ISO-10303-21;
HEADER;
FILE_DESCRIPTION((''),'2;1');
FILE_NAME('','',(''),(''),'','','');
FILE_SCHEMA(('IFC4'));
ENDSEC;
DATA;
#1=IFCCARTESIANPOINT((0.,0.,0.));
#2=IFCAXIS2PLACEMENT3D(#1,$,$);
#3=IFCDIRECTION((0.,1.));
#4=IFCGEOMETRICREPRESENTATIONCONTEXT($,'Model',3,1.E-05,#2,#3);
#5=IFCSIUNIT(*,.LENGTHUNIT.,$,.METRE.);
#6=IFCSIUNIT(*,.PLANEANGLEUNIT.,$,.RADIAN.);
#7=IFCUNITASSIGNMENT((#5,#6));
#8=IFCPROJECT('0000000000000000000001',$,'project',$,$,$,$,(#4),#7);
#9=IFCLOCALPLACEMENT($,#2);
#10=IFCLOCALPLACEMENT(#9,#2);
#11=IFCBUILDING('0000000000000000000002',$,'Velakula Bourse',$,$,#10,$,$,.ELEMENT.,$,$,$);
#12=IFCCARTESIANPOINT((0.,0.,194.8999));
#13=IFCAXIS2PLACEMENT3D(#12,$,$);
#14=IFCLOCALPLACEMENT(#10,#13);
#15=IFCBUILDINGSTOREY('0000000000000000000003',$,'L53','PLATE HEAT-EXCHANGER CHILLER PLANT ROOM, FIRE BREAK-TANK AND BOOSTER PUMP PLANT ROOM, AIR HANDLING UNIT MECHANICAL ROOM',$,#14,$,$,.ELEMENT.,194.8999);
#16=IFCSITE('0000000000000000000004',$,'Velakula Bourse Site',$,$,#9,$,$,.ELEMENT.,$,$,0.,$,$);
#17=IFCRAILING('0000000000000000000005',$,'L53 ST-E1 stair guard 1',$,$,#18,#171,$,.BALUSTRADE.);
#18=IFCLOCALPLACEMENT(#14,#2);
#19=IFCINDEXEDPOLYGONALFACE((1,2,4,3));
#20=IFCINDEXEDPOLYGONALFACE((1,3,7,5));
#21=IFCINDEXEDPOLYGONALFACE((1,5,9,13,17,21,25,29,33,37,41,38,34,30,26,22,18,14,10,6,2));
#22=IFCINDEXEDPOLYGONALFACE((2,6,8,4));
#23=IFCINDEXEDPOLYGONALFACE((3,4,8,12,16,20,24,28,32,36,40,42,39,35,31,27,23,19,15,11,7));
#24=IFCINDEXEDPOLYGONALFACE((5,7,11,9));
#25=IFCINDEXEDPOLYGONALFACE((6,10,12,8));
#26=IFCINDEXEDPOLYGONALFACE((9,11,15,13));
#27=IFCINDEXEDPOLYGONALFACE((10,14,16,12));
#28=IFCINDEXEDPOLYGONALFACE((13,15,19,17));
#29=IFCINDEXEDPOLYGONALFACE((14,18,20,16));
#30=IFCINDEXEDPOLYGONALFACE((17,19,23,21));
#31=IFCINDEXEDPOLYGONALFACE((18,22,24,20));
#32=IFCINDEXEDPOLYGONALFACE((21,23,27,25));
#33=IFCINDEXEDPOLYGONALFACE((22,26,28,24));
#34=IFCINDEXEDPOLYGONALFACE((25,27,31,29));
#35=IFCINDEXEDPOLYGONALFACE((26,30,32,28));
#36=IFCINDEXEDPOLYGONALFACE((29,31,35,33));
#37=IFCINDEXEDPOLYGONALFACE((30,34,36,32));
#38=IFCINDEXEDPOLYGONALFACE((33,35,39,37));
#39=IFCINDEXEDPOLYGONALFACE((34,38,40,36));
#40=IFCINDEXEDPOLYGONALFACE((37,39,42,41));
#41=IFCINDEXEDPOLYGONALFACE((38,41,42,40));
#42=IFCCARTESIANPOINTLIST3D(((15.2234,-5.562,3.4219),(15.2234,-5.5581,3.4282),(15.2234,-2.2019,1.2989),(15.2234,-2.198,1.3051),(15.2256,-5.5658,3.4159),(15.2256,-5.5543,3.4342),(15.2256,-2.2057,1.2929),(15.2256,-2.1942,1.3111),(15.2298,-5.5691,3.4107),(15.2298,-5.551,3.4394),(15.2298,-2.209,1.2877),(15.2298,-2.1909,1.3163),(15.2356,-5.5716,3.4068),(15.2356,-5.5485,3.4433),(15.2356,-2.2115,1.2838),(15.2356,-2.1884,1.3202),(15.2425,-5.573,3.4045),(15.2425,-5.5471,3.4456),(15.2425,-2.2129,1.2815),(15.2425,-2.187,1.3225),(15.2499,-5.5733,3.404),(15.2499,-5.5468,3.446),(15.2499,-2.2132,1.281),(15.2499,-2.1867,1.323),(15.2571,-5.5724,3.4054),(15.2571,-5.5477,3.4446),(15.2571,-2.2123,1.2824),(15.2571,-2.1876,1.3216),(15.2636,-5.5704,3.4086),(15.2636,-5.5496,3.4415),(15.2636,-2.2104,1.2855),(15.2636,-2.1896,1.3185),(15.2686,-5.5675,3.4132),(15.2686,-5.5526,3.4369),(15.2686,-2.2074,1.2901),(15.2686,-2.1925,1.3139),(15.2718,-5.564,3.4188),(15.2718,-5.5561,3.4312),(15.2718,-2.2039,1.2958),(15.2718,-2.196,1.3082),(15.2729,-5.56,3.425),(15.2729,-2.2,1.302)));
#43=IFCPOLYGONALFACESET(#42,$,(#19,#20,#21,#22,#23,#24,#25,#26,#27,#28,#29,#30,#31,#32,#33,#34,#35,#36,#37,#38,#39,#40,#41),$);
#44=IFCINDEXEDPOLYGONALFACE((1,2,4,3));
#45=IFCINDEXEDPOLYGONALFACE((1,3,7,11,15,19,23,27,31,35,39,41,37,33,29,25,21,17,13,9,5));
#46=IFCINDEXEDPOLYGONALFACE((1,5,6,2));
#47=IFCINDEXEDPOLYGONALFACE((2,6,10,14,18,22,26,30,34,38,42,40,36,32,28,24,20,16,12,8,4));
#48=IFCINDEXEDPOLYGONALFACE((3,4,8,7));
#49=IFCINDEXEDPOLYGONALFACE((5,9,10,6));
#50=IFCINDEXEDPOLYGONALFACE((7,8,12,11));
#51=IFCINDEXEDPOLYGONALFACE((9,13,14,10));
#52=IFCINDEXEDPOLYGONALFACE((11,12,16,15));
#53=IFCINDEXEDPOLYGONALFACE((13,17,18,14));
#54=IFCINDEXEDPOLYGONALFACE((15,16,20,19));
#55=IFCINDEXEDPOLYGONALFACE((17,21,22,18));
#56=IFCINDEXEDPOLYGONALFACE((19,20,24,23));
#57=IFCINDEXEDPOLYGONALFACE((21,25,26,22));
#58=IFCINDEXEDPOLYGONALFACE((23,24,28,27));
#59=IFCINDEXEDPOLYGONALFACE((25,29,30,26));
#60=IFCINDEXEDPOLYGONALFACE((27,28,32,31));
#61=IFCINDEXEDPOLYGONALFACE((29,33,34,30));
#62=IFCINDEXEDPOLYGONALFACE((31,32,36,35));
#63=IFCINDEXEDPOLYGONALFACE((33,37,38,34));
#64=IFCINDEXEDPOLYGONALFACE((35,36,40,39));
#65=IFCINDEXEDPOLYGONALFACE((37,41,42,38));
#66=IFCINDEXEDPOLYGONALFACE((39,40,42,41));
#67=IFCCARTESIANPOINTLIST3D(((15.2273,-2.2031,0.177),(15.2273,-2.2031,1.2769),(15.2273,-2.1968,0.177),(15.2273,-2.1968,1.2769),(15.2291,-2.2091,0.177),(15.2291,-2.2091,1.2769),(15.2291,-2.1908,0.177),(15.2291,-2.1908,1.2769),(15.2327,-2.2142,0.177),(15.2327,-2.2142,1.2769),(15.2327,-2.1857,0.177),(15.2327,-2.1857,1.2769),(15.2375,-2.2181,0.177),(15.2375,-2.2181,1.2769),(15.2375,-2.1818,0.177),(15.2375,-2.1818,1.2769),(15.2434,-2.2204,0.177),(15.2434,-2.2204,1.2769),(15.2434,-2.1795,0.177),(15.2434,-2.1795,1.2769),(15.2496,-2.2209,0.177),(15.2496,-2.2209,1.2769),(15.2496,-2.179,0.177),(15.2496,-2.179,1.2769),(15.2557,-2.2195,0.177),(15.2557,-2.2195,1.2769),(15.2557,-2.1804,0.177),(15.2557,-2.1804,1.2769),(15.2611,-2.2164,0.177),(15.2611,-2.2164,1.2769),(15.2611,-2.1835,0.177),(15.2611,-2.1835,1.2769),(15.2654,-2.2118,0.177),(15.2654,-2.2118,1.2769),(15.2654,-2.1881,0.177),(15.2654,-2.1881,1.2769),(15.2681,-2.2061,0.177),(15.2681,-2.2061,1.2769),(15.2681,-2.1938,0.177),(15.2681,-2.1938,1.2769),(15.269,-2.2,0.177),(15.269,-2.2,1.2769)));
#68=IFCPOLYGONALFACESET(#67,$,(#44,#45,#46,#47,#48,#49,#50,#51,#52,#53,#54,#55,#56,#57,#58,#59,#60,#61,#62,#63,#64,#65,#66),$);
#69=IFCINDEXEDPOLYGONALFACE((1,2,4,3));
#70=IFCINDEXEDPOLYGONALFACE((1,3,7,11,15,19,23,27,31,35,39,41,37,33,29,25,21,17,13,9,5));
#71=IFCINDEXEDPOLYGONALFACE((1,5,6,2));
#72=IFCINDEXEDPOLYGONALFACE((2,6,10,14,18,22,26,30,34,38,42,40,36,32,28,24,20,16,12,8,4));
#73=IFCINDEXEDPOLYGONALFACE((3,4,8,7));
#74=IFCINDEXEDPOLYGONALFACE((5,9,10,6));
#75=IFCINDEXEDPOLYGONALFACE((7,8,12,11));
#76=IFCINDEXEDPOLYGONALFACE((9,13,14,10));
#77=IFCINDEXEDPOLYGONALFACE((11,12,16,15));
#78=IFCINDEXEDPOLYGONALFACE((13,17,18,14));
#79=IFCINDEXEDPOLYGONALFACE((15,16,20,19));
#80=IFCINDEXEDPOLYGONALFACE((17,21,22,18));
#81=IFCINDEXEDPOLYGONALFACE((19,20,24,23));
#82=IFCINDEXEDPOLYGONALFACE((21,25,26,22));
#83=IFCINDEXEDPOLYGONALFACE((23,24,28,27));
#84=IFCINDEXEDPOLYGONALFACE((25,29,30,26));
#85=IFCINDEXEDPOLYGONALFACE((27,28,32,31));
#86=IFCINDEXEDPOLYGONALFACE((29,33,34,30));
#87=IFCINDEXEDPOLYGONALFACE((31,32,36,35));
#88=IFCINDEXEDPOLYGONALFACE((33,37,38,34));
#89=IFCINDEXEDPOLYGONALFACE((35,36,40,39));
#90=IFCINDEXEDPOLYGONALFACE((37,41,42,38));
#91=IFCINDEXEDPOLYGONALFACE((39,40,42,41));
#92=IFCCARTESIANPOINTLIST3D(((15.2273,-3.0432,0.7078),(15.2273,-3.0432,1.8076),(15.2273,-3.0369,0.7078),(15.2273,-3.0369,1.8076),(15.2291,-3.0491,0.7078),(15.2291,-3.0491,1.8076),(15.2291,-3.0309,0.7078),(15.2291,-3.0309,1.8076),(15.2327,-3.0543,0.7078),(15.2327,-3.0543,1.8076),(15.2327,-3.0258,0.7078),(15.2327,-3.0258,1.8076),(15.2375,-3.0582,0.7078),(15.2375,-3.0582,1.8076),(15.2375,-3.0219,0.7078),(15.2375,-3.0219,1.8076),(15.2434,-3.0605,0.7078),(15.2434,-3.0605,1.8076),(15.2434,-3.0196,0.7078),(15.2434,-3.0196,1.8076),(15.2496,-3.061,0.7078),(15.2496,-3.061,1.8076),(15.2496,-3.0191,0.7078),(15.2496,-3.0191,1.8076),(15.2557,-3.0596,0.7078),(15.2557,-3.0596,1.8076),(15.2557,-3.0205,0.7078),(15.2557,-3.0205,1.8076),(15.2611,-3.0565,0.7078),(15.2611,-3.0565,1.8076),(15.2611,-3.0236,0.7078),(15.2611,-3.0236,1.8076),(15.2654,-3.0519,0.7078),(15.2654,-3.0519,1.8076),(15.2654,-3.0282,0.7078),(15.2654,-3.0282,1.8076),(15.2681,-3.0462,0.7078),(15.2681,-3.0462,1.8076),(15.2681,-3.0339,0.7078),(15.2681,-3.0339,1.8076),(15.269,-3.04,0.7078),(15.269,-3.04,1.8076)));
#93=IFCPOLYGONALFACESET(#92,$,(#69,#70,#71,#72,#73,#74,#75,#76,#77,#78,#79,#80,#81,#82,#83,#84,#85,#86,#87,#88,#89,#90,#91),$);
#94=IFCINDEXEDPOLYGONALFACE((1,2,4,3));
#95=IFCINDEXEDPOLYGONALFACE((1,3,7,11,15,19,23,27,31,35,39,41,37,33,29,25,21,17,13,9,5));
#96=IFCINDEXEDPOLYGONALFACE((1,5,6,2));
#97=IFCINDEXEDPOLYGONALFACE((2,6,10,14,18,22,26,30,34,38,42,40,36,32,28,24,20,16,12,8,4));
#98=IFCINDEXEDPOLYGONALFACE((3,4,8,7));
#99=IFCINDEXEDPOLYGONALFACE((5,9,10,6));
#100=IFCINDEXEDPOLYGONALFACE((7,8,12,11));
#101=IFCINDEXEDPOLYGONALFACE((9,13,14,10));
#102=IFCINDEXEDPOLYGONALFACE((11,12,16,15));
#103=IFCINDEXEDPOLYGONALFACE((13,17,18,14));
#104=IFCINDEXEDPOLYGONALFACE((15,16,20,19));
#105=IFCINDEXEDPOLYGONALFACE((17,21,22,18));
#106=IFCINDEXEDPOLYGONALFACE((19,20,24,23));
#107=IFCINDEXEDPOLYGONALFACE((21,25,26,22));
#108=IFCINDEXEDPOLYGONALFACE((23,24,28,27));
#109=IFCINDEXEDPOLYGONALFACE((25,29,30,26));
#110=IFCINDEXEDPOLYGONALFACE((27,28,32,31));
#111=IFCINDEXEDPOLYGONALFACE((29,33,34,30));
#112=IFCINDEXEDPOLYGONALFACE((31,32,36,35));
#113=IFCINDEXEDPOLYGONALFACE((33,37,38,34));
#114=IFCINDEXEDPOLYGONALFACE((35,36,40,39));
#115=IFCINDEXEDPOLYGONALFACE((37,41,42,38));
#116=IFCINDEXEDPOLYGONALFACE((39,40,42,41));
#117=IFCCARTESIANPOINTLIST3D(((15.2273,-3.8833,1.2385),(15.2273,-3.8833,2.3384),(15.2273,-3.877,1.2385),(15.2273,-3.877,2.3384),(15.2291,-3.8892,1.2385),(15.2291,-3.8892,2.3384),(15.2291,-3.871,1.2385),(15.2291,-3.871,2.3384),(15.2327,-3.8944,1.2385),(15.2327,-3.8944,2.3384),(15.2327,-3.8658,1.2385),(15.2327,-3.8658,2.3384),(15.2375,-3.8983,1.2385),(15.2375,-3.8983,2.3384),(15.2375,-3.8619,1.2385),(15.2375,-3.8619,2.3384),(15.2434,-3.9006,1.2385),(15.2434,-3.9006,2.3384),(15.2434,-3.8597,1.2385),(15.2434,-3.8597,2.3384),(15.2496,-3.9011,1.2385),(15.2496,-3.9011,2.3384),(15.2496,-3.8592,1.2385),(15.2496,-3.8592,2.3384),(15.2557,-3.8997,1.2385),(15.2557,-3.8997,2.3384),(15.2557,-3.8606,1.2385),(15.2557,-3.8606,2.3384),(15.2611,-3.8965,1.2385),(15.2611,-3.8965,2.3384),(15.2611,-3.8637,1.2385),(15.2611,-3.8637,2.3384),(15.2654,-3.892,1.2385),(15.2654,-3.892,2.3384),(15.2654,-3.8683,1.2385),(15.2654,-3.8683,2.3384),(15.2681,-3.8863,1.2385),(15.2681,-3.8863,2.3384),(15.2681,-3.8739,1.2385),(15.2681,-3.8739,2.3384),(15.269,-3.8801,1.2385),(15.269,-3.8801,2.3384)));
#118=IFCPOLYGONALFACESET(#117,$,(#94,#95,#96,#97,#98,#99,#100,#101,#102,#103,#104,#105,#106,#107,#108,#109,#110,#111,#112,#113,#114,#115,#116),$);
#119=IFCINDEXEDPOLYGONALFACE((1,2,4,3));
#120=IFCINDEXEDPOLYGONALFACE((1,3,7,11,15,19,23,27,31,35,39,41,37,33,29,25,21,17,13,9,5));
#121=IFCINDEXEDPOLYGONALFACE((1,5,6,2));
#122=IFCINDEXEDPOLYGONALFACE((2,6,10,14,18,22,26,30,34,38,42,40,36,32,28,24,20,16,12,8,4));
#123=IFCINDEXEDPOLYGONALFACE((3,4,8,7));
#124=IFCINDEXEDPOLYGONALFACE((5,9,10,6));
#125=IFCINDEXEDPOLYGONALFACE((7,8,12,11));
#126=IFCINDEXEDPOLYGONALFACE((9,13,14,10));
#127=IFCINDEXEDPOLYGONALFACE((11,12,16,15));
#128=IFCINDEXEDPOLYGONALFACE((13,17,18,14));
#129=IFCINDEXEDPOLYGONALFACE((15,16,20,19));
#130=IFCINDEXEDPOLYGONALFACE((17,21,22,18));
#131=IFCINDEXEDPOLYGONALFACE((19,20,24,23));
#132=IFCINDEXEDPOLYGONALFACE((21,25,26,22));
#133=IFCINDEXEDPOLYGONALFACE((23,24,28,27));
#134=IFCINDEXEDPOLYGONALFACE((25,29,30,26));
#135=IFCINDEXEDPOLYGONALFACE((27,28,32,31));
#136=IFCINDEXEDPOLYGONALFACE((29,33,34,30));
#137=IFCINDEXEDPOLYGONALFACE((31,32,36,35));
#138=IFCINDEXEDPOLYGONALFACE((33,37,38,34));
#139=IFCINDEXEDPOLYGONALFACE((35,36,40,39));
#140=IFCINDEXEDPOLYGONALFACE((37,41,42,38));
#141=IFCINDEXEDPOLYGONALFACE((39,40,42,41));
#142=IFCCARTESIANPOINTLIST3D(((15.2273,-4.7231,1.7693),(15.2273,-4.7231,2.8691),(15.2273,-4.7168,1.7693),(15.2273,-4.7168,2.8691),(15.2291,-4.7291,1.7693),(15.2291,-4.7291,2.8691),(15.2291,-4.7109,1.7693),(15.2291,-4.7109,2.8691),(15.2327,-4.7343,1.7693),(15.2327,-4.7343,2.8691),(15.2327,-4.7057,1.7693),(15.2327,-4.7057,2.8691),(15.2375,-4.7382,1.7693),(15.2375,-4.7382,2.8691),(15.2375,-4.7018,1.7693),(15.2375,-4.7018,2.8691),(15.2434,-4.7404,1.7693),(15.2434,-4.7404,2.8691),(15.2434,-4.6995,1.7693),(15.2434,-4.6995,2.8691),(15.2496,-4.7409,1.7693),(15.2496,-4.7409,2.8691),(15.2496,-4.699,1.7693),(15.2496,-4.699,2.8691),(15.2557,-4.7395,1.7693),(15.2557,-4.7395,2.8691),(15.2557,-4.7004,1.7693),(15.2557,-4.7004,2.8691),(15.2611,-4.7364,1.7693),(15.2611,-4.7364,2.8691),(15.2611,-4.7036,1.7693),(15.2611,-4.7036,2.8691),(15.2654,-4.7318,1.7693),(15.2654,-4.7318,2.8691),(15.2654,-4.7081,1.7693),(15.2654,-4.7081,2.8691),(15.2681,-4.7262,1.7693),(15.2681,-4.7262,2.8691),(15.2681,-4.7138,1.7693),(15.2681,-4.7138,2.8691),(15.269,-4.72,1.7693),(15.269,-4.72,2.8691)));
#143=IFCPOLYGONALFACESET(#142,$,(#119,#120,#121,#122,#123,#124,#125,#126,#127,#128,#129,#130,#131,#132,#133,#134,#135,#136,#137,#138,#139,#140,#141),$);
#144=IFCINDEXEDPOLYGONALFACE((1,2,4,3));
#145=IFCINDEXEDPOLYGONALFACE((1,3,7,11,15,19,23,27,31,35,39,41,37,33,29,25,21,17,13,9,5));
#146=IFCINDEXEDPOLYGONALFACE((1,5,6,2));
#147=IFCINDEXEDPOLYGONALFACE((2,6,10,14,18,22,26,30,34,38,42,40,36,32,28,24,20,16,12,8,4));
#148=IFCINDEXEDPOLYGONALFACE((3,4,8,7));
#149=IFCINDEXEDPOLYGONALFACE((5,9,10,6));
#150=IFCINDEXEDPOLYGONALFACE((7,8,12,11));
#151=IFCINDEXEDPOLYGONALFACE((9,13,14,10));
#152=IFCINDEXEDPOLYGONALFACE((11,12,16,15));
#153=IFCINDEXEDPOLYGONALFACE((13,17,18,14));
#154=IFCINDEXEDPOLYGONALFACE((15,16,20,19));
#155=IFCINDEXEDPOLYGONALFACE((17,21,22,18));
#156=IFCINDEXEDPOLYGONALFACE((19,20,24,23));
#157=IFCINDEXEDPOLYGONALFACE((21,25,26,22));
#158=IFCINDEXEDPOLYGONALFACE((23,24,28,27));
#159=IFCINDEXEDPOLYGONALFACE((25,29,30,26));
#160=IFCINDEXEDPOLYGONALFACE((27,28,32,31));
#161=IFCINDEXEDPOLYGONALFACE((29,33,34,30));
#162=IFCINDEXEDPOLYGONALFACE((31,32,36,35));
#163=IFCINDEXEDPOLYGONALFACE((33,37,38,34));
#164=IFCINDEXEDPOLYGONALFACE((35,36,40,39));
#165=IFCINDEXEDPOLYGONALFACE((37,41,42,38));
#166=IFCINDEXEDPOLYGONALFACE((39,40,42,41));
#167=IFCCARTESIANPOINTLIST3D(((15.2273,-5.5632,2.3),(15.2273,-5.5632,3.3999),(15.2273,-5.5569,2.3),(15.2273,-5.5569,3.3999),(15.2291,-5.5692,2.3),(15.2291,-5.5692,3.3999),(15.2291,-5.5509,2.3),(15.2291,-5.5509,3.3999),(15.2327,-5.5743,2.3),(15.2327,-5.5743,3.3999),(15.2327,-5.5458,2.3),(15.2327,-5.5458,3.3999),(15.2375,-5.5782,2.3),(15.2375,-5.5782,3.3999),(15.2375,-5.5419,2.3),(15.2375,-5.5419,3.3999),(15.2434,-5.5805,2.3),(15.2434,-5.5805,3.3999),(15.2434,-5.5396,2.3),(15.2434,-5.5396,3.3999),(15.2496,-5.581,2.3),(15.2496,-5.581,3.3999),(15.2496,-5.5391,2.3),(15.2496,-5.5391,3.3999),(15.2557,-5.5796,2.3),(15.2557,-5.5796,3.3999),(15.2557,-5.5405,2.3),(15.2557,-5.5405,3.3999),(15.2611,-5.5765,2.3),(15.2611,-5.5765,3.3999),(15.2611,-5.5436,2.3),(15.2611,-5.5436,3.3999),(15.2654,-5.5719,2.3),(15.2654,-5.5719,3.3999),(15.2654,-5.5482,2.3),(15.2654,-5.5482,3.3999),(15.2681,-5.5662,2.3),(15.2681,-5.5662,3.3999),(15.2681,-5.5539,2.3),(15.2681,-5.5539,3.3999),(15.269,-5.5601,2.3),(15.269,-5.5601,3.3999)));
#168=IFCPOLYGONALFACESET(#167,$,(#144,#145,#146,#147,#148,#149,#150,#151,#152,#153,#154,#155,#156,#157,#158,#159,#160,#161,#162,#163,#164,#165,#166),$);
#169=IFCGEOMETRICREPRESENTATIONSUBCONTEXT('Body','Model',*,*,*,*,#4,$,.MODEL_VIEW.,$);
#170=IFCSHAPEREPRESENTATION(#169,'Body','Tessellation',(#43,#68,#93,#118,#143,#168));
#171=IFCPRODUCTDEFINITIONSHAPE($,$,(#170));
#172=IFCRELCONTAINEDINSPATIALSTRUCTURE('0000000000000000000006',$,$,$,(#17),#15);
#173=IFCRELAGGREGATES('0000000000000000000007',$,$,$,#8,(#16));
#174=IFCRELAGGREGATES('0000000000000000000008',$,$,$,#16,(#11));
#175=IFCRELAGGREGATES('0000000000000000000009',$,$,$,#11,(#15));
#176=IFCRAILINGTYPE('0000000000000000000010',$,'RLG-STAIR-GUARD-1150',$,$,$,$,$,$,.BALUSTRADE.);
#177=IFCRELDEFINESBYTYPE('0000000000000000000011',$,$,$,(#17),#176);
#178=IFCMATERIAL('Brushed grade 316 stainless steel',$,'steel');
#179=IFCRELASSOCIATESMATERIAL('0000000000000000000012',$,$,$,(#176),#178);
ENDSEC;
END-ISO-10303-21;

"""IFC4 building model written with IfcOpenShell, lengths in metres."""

from ifc_helpers import new_model, si_unit, direction, frame, origin, origin_2d, place, context, subcontext, project, spatial, circle, extrude, material, type_object, element, save


model = new_model("IFC4")

# Units and contexts
model_context = context("Model", 3, precision=1e-05, world=origin(), true_north=direction((0.0, 1.0)))
body_context = subcontext(model_context, "Body", "Model", "MODEL_VIEW")
ifc_project = project(units=[si_unit("LENGTHUNIT", "METRE"), si_unit("PLANEANGLEUNIT", "RADIAN")], contexts=[model_context])

# Site, building, storey
site_placement = place(None, origin())
site = spatial("IfcSite", under=ifc_project, at=site_placement, Name="Velakula Bourse Site", CompositionType="ELEMENT", RefElevation=0.0)
building_placement = place(site_placement, origin())
building = spatial("IfcBuilding", under=site, at=building_placement, Name="Velakula Bourse", CompositionType="ELEMENT")
storey_placement = place(building_placement, frame((0.0, 0.0, 194.8999)))
storey = spatial("IfcBuildingStorey", under=building, at=storey_placement, Name="L53", Description="PLATE HEAT-EXCHANGER CHILLER PLANT ROOM, FIRE BREAK-TANK AND BOOSTER PUMP PLANT ROOM, AIR HANDLING UNIT MECHANICAL ROOM", CompositionType="ELEMENT", Elevation=194.8999)

# Railing
ifc_material_1 = material(Name="Brushed grade 316 stainless steel", Category="steel")
railing_type_1 = type_object("IfcRailingType", Name="RLG-STAIR-GUARD-1150", PredefinedType="BALUSTRADE", material=ifc_material_1)
railing_1_placement = place(storey_placement, frame((15.248, -2.2, 0.177)))
element("IfcRailing", 1, at=railing_1_placement, inside=storey, type_object=railing_type_1, Name="L53 ST-E1 stair guard 1", PredefinedType="BALUSTRADE", context=body_context, shape_type="SweptSolid", body=[
    extrude(circle(Radius=0.0249, at=origin_2d()), frame((0.0, 0.0, 1.125), z_axis=(0.0, -0.84539, 0.53415), x_axis=(1.0, 0.0, 0.0)), (0.0, 0.0, 1.0), 3.9746),
    extrude(circle(Radius=0.021, at=origin_2d()), origin(), (0.0, 0.0, 1.0), 1.0999),
    extrude(circle(Radius=0.021, at=origin_2d()), frame((0.0, -0.8401, 0.5308)), (0.0, 0.0, 1.0), 1.0999),
    extrude(circle(Radius=0.021, at=origin_2d()), frame((0.0, -1.6802, 1.0615)), (0.0, 0.0, 1.0), 1.0999),
    extrude(circle(Radius=0.021, at=origin_2d()), frame((0.0, -2.52, 1.5923)), (0.0, 0.0, 1.0), 1.0999),
    extrude(circle(Radius=0.021, at=origin_2d()), frame((0.0, -3.3601, 2.123)), (0.0, 0.0, 1.0), 1.0999),
])

save(model, "model.ifc")
